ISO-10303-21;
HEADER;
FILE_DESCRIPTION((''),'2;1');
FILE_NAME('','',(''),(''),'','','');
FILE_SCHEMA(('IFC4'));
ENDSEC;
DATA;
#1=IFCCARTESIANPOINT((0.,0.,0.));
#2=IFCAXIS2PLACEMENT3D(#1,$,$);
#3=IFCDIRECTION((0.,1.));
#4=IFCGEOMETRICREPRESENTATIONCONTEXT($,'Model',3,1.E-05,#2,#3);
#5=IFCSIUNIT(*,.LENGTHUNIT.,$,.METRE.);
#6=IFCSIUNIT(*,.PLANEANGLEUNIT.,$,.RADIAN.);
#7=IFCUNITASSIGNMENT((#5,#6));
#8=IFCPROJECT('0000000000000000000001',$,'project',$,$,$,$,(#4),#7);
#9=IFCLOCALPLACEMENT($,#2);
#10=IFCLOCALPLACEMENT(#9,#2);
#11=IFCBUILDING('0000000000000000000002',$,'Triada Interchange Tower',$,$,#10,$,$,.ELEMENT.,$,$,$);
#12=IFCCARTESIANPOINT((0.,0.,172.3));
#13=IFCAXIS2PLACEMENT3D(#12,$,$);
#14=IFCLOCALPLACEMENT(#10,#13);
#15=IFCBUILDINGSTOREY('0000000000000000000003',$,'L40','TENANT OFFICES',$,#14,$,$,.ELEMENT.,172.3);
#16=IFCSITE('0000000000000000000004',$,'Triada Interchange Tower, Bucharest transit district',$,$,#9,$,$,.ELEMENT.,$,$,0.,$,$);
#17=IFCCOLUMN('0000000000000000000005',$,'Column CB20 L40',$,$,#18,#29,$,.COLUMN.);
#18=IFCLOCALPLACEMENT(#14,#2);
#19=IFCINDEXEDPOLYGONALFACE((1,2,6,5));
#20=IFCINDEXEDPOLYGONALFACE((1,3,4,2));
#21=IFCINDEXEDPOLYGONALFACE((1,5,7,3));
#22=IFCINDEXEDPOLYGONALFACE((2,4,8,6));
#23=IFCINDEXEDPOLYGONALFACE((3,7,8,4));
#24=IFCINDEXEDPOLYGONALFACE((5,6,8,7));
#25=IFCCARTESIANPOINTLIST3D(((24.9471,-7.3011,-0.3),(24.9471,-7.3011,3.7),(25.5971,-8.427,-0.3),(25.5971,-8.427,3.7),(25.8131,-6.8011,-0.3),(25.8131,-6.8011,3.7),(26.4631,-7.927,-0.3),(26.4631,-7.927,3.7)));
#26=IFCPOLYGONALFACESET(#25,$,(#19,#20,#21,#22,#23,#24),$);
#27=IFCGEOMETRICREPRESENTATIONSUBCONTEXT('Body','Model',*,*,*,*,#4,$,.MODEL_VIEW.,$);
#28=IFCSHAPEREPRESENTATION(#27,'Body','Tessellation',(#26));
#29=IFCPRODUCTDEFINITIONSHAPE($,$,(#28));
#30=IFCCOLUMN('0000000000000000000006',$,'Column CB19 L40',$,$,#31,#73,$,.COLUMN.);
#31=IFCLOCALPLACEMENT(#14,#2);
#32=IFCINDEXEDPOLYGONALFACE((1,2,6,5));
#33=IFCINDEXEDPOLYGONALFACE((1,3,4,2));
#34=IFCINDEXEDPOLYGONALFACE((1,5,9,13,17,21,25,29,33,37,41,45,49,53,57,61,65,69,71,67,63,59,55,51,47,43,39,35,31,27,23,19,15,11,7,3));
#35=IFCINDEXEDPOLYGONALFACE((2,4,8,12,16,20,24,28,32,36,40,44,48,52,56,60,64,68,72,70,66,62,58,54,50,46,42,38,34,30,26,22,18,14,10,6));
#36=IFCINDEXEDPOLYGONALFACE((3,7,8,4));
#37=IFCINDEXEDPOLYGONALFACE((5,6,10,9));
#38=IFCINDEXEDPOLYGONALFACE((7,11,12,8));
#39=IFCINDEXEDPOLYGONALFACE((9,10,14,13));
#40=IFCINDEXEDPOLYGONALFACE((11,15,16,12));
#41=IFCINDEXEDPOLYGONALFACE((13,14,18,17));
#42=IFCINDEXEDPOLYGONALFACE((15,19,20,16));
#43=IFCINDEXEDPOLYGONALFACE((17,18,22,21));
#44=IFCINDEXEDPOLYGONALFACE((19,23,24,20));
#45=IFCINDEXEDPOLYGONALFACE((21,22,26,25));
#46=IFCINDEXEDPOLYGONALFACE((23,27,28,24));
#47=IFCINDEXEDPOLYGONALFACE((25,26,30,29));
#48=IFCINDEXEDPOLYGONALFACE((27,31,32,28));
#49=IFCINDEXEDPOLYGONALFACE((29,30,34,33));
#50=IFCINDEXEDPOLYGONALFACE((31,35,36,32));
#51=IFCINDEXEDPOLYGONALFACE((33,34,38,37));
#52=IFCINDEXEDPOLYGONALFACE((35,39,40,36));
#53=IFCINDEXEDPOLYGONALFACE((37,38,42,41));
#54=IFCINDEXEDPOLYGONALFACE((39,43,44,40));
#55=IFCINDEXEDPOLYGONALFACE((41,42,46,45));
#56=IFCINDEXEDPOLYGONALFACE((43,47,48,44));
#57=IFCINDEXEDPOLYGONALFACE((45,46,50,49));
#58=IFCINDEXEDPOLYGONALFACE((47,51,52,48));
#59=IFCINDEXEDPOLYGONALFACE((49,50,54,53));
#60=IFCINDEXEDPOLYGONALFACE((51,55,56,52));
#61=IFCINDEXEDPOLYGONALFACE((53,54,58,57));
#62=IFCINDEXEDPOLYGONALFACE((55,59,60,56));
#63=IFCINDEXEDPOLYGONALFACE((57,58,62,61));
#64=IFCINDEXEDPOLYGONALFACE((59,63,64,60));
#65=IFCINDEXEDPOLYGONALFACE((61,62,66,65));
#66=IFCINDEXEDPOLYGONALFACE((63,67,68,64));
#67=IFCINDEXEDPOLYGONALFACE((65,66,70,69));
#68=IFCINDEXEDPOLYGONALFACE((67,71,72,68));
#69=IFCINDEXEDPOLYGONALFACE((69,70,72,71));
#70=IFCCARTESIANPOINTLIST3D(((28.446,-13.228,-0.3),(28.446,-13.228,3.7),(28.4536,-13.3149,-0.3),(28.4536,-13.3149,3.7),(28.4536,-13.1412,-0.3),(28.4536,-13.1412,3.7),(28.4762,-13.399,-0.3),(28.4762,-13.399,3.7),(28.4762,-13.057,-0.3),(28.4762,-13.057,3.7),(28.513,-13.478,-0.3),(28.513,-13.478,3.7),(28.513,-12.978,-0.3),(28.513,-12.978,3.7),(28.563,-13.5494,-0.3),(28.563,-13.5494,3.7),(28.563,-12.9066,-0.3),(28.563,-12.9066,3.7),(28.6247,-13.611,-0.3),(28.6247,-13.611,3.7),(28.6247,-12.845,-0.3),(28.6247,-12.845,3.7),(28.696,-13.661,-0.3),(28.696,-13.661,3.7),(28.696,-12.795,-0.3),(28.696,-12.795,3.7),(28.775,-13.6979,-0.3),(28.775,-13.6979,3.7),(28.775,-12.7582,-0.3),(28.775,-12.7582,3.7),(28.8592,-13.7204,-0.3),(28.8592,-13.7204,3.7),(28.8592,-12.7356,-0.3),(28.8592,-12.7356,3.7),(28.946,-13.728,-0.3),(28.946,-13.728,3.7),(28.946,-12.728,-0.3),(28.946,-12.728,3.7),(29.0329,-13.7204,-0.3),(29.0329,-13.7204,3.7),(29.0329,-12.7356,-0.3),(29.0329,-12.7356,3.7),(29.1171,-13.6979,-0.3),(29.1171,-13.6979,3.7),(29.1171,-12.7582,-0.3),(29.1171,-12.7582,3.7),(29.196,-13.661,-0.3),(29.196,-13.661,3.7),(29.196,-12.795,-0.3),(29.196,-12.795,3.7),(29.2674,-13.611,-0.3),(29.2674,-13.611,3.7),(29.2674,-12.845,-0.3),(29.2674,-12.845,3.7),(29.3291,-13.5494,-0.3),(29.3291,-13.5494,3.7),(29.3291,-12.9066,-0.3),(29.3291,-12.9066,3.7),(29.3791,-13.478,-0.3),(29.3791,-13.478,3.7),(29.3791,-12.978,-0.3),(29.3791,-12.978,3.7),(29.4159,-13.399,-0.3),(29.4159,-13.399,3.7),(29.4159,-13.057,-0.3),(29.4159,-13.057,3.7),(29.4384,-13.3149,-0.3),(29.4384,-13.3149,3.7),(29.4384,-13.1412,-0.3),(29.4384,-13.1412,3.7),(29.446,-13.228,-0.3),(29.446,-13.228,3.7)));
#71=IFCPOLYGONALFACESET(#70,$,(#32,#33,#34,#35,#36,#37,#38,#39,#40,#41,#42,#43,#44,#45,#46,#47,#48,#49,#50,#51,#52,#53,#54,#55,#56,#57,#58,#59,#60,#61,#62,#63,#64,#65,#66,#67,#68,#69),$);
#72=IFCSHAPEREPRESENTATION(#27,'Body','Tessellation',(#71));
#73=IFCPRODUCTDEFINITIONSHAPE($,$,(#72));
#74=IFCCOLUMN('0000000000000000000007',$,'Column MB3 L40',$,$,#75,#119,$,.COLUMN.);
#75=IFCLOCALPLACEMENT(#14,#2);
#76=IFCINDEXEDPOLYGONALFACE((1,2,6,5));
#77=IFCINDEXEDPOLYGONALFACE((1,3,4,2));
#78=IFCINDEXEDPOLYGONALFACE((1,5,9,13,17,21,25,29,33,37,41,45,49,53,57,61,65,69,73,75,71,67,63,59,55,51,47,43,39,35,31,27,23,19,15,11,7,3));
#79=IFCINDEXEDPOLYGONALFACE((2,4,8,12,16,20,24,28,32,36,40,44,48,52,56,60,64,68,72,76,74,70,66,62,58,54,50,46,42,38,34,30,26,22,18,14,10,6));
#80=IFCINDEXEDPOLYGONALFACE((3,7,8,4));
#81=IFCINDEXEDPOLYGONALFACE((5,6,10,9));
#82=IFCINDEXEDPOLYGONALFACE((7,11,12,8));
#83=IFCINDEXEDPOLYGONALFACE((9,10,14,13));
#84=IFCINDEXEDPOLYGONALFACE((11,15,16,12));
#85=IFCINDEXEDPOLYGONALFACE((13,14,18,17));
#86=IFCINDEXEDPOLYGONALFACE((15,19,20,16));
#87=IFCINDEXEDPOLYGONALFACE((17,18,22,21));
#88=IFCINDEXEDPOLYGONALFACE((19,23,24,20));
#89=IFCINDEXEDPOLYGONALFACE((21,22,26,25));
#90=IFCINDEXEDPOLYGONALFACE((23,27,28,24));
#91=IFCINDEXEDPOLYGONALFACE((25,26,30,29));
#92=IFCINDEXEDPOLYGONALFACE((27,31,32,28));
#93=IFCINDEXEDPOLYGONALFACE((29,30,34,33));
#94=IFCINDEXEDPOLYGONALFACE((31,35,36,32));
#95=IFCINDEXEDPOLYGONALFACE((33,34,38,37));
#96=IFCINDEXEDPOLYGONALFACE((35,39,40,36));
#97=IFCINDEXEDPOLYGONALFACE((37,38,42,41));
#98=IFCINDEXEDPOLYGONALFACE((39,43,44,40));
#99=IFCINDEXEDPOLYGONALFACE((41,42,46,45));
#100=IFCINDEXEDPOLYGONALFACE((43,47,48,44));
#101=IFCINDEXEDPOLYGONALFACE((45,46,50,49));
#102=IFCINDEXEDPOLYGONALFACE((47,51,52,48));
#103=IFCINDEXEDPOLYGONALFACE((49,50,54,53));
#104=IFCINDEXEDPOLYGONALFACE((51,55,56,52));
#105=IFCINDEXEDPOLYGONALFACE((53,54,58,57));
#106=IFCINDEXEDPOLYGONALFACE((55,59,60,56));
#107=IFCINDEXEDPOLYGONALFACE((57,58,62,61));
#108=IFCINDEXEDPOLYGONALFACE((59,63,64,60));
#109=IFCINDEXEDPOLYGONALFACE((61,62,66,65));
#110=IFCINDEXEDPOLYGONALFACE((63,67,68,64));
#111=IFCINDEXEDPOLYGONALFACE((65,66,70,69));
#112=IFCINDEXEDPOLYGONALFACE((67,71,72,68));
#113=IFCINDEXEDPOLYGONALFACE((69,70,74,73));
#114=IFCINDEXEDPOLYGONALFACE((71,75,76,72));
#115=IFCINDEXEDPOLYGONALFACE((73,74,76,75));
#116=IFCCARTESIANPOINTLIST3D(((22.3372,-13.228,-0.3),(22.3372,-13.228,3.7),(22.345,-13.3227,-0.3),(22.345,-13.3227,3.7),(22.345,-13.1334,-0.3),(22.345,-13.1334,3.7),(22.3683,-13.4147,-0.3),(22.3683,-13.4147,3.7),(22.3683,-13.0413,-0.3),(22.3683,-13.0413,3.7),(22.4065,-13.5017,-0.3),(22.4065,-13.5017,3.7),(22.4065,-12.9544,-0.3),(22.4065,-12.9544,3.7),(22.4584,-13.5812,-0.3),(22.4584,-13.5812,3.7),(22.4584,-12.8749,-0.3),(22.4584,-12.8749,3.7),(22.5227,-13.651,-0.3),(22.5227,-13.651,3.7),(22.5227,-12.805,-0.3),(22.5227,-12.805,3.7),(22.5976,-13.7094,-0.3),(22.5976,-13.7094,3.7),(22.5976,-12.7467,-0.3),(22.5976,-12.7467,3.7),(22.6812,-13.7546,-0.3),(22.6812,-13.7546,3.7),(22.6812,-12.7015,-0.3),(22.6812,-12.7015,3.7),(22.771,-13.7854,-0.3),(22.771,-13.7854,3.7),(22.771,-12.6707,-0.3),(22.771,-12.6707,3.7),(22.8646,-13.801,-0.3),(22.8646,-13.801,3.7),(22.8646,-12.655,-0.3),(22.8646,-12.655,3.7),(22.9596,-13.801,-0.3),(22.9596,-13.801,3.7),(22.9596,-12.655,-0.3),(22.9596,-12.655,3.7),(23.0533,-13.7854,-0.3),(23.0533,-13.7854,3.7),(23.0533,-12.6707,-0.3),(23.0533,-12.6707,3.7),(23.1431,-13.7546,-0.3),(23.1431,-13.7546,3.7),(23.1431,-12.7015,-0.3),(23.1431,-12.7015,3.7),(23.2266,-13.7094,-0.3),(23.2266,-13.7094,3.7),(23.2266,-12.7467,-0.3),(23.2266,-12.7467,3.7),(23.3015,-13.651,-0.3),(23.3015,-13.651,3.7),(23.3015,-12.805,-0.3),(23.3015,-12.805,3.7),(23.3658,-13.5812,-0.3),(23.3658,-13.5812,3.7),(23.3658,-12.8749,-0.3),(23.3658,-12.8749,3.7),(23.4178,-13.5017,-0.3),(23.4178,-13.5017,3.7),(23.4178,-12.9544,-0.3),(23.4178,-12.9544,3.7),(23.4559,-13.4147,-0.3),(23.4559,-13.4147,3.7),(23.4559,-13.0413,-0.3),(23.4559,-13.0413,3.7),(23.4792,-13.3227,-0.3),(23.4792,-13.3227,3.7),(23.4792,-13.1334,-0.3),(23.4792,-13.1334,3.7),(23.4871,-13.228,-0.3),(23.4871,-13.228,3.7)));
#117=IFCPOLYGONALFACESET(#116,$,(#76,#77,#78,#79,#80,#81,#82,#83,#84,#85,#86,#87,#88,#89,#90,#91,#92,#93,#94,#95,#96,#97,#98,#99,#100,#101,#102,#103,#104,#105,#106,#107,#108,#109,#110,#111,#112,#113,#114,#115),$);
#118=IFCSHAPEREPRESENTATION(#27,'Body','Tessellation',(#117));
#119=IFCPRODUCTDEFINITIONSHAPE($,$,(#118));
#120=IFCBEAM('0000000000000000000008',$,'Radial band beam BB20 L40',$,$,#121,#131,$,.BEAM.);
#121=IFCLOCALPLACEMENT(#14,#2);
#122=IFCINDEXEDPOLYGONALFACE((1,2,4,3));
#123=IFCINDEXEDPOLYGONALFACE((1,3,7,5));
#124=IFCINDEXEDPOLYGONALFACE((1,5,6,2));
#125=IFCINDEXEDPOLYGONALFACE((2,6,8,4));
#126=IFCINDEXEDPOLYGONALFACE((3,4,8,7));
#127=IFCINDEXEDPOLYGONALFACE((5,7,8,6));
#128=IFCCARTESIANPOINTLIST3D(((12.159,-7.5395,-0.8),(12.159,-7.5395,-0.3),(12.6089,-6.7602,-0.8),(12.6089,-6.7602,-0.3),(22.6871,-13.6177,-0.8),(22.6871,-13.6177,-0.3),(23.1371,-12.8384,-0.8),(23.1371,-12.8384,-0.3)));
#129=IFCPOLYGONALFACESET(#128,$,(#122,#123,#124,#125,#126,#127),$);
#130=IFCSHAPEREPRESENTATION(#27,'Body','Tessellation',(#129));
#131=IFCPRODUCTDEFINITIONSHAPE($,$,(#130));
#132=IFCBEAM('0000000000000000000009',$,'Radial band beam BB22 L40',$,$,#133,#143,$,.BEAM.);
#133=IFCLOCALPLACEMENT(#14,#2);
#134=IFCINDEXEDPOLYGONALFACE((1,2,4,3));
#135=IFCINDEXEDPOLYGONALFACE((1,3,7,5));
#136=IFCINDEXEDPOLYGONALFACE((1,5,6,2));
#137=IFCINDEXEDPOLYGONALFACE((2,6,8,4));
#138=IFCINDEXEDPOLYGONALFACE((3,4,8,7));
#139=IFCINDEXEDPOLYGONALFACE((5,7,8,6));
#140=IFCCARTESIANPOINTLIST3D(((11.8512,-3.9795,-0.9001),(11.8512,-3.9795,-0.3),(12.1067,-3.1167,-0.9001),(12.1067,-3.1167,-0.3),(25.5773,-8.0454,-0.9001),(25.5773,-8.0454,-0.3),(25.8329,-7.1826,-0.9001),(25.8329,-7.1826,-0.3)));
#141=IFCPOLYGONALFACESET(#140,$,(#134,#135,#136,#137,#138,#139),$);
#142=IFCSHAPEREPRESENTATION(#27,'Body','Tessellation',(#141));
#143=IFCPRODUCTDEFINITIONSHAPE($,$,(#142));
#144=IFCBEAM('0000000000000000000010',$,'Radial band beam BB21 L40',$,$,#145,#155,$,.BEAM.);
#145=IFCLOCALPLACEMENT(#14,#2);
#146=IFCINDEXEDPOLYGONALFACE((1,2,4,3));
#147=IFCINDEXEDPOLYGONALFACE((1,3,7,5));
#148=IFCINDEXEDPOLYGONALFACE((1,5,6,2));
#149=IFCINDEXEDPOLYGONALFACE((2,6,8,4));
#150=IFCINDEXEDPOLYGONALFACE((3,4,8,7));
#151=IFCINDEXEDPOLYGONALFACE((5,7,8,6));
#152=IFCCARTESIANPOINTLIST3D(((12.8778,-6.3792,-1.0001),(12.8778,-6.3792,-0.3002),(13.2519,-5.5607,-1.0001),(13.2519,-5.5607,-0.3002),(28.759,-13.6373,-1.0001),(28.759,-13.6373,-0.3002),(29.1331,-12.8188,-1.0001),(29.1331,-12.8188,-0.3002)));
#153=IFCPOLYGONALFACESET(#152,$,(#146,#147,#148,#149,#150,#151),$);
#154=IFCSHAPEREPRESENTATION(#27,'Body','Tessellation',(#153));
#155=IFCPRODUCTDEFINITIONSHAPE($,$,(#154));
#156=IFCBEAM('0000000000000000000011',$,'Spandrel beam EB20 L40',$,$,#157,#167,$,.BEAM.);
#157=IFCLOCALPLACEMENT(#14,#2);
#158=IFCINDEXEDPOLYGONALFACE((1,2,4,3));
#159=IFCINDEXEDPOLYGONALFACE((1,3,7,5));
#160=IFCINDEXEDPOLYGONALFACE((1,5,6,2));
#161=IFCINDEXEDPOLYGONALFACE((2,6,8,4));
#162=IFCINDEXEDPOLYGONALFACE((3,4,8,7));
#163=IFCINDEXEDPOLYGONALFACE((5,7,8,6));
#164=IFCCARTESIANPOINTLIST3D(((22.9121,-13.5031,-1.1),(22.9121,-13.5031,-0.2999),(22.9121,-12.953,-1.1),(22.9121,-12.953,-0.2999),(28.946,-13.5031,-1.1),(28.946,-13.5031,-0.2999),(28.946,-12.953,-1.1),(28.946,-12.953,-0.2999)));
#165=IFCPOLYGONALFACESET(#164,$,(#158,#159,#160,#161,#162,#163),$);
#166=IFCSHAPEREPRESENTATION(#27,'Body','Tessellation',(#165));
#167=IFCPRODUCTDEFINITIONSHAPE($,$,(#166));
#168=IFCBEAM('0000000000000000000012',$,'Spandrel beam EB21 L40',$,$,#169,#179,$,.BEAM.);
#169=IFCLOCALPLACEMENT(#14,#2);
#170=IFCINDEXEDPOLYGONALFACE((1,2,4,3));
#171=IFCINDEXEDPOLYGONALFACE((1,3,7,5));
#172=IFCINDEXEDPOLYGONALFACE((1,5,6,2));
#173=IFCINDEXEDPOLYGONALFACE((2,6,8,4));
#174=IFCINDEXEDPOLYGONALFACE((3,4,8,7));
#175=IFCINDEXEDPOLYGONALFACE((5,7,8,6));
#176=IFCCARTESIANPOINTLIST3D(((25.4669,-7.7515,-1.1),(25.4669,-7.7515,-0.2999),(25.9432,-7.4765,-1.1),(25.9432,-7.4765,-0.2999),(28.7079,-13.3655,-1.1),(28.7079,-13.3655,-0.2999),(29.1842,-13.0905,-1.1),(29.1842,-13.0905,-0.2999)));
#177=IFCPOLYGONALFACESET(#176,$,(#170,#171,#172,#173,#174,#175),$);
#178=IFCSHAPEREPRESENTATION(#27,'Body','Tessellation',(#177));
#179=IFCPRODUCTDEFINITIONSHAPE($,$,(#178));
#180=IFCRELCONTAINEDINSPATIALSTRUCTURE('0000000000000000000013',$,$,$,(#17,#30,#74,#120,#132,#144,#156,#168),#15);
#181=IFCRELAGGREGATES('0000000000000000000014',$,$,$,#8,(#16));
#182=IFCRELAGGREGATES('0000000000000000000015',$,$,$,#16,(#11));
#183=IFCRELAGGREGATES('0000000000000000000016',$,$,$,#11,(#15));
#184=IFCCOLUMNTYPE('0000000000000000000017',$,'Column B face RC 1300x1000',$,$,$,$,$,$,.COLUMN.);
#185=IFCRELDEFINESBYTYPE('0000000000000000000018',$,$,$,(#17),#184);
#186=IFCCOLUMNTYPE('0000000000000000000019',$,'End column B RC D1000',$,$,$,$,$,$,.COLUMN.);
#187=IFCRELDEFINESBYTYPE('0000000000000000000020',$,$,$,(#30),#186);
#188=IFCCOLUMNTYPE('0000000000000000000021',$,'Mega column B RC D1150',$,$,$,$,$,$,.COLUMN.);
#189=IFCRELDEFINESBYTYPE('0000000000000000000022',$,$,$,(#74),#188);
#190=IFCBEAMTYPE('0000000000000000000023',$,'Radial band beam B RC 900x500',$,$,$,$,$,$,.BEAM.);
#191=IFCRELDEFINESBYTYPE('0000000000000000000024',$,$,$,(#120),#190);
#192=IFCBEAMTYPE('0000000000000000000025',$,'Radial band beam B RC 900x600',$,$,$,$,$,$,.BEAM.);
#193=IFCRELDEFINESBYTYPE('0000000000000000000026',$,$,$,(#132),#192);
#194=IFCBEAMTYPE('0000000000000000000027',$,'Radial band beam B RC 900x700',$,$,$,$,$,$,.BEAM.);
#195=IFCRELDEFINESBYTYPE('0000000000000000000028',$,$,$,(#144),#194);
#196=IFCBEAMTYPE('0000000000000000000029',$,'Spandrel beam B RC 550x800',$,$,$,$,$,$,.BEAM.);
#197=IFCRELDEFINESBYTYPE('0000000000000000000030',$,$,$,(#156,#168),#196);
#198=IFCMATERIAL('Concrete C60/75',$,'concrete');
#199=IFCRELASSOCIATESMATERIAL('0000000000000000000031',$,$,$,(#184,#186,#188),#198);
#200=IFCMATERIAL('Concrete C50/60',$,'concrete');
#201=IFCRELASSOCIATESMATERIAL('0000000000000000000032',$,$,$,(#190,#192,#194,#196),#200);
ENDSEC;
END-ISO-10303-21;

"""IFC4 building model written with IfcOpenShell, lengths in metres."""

from ifc_helpers import new_model, si_unit, direction, frame, origin, origin_2d, place, context, subcontext, project, spatial, rectangle, circle, extrude, material, material_profile, profile_set, type_object, element, save


model = new_model("IFC4")

# Units and contexts
model_context = context("Model", 3, precision=1e-05, world=origin(), true_north=direction((0.0, 1.0)))
body_context = subcontext(model_context, "Body", "Model", "MODEL_VIEW")
ifc_project = project(units=[si_unit("LENGTHUNIT", "METRE"), si_unit("PLANEANGLEUNIT", "RADIAN")], contexts=[model_context])

# Site, building, storey
site_placement = place(None, origin())
site = spatial("IfcSite", under=ifc_project, at=site_placement, Name="Triada Interchange Tower, Bucharest transit district", CompositionType="ELEMENT", RefElevation=0.0)
building_placement = place(site_placement, origin())
building = spatial("IfcBuilding", under=site, at=building_placement, Name="Triada Interchange Tower", CompositionType="ELEMENT")
storey_placement = place(building_placement, frame((0.0, 0.0, 172.3)))
storey = spatial("IfcBuildingStorey", under=building, at=storey_placement, Name="L40", Description="TENANT OFFICES", CompositionType="ELEMENT", Elevation=172.3)

# Columns
ifc_material_1 = material(Name="Concrete C60/75", Category="concrete")
ifc_material_profile_1 = material_profile(ifc_material_1, rectangle(XDim=1.3, YDim=1.0, at=origin_2d()), Name="RC 1300x1000")
ifc_profile_set_1 = profile_set([ifc_material_profile_1], Name="Concrete C60/75")
column_type_1 = type_object("IfcColumnType", Name="Column B face RC 1300x1000", PredefinedType="COLUMN", material=ifc_profile_set_1)
column_1_placement = place(storey_placement, frame((25.7051, -7.614, -0.3), z_axis=(0.0, 0.0, 1.0), x_axis=(-0.5, 0.866025, 0.0)))
element("IfcColumn", 1, at=column_1_placement, inside=storey, type_object=column_type_1, Name="Column CB20 L40", PredefinedType="COLUMN", context=body_context, shape_type="SweptSolid", body=[
    extrude(rectangle(XDim=1.3, YDim=1.0, at=origin_2d()), origin(), (0.0, 0.0, 1.0), 4.0),
])
ifc_material_profile_2 = material_profile(ifc_material_1, circle(Radius=0.5, at=origin_2d()), Name="RC D1000")
ifc_profile_set_2 = profile_set([ifc_material_profile_2], Name="Concrete C60/75")
column_type_2 = type_object("IfcColumnType", Name="End column B RC D1000", PredefinedType="COLUMN", material=ifc_profile_set_2)
column_2_placement = place(storey_placement, frame((28.946, -13.228, -0.3), z_axis=(0.0, 0.0, 1.0), x_axis=(-0.5, 0.866025, 0.0)))
element("IfcColumn", 2, at=column_2_placement, inside=storey, type_object=column_type_2, Name="Column CB19 L40", PredefinedType="COLUMN", context=body_context, shape_type="SweptSolid", body=[
    extrude(circle(Radius=0.5, at=origin_2d()), origin(), (0.0, 0.0, 1.0), 4.0),
])
ifc_material_profile_3 = material_profile(ifc_material_1, circle(Radius=0.575, at=origin_2d()), Name="RC D1150")
ifc_profile_set_3 = profile_set([ifc_material_profile_3], Name="Concrete C60/75")
column_type_3 = type_object("IfcColumnType", Name="Mega column B RC D1150", PredefinedType="COLUMN", material=ifc_profile_set_3)
column_3_placement = place(storey_placement, frame((22.9121, -13.228, -0.3), z_axis=(0.0, 0.0, 1.0), x_axis=(1.0, 0.0, 0.0)))
element("IfcColumn", 3, at=column_3_placement, inside=storey, type_object=column_type_3, Name="Column MB3 L40", PredefinedType="COLUMN", context=body_context, shape_type="SweptSolid", body=[
    extrude(circle(Radius=0.575, at=origin_2d()), origin(), (0.0, 0.0, 1.0), 4.0),
])

# Beams
ifc_material_2 = material(Name="Concrete C50/60", Category="concrete")
ifc_material_profile_4 = material_profile(ifc_material_2, rectangle(XDim=0.8999, YDim=0.5, at=origin_2d()), Name="RC 900x500")
ifc_profile_set_4 = profile_set([ifc_material_profile_4], Name="Concrete C50/60")
beam_type_1 = type_object("IfcBeamType", Name="Radial band beam B RC 900x500", PredefinedType="BEAM", material=ifc_profile_set_4)
beam_1_placement = place(storey_placement, frame((22.9121, -13.228, -0.55), z_axis=(-0.866035, 0.499984, 0.0), x_axis=(-0.499984, -0.866035, 0.0)))
element("IfcBeam", 4, at=beam_1_placement, inside=storey, type_object=beam_type_1, Name="Radial band beam BB20 L40", PredefinedType="BEAM", context=body_context, shape_type="SweptSolid", body=[
    extrude(rectangle(XDim=0.8999, YDim=0.5, at=origin_2d()), origin(), (0.0, 0.0, 1.0), 12.1567),
])
ifc_material_profile_5 = material_profile(ifc_material_2, rectangle(XDim=0.8999, YDim=0.6001, at=origin_2d()), Name="RC 900x600")
ifc_profile_set_5 = profile_set([ifc_material_profile_5], Name="Concrete C50/60")
beam_type_2 = type_object("IfcBeamType", Name="Radial band beam B RC 900x600", PredefinedType="BEAM", material=ifc_profile_set_5)
beam_2_placement = place(storey_placement, frame((25.7051, -7.614, -0.6001), z_axis=(-0.958818, 0.28402, 0.0), x_axis=(-0.28402, -0.958818, 0.0)))
element("IfcBeam", 5, at=beam_2_placement, inside=storey, type_object=beam_type_2, Name="Radial band beam BB22 L40", PredefinedType="BEAM", context=body_context, shape_type="SweptSolid", body=[
    extrude(rectangle(XDim=0.8999, YDim=0.6001, at=origin_2d()), origin(), (0.0, 0.0, 1.0), 14.3157),
])
ifc_material_profile_6 = material_profile(ifc_material_2, rectangle(XDim=0.8999, YDim=0.7, at=origin_2d()), Name="RC 900x700")
ifc_profile_set_6 = profile_set([ifc_material_profile_6], Name="Concrete C50/60")
beam_type_3 = type_object("IfcBeamType", Name="Radial band beam B RC 900x700", PredefinedType="BEAM", material=ifc_profile_set_6)
beam_3_placement = place(storey_placement, frame((28.946, -13.228, -0.6501), z_axis=(-0.909515, 0.415671, 0.0), x_axis=(-0.415671, -0.909515, 0.0)))
element("IfcBeam", 6, at=beam_3_placement, inside=storey, type_object=beam_type_3, Name="Radial band beam BB21 L40", PredefinedType="BEAM", context=body_context, shape_type="SweptSolid", body=[
    extrude(rectangle(XDim=0.8999, YDim=0.7, at=origin_2d()), origin(), (0.0, 0.0, 1.0), 17.4612),
])
ifc_material_profile_7 = material_profile(ifc_material_2, rectangle(XDim=0.55, YDim=0.8, at=origin_2d()), Name="RC 550x800")
ifc_profile_set_7 = profile_set([ifc_material_profile_7], Name="Concrete C50/60")
beam_type_4 = type_object("IfcBeamType", Name="Spandrel beam B RC 550x800", PredefinedType="BEAM", material=ifc_profile_set_7)
beam_4_placement = place(storey_placement, frame((22.9121, -13.228, -0.7), z_axis=(1.0, 0.0, 0.0), x_axis=(0.0, 1.0, 0.0)))
element("IfcBeam", 7, at=beam_4_placement, inside=storey, type_object=beam_type_4, Name="Spandrel beam EB20 L40", PredefinedType="BEAM", context=body_context, shape_type="SweptSolid", body=[
    extrude(rectangle(XDim=0.55, YDim=0.8, at=origin_2d()), origin(), (0.0, 0.0, 1.0), 6.0339),
])
beam_5_placement = place(storey_placement, frame((28.946, -13.228, -0.7), z_axis=(-0.499967, 0.866044, 0.0), x_axis=(-0.866044, -0.499967, 0.0)))
element("IfcBeam", 8, at=beam_5_placement, inside=storey, type_object=beam_type_4, Name="Spandrel beam EB21 L40", PredefinedType="BEAM", context=body_context, shape_type="SweptSolid", body=[
    extrude(rectangle(XDim=0.55, YDim=0.8, at=origin_2d()), origin(), (0.0, 0.0, 1.0), 6.4824),
])

save(model, "model.ifc")
